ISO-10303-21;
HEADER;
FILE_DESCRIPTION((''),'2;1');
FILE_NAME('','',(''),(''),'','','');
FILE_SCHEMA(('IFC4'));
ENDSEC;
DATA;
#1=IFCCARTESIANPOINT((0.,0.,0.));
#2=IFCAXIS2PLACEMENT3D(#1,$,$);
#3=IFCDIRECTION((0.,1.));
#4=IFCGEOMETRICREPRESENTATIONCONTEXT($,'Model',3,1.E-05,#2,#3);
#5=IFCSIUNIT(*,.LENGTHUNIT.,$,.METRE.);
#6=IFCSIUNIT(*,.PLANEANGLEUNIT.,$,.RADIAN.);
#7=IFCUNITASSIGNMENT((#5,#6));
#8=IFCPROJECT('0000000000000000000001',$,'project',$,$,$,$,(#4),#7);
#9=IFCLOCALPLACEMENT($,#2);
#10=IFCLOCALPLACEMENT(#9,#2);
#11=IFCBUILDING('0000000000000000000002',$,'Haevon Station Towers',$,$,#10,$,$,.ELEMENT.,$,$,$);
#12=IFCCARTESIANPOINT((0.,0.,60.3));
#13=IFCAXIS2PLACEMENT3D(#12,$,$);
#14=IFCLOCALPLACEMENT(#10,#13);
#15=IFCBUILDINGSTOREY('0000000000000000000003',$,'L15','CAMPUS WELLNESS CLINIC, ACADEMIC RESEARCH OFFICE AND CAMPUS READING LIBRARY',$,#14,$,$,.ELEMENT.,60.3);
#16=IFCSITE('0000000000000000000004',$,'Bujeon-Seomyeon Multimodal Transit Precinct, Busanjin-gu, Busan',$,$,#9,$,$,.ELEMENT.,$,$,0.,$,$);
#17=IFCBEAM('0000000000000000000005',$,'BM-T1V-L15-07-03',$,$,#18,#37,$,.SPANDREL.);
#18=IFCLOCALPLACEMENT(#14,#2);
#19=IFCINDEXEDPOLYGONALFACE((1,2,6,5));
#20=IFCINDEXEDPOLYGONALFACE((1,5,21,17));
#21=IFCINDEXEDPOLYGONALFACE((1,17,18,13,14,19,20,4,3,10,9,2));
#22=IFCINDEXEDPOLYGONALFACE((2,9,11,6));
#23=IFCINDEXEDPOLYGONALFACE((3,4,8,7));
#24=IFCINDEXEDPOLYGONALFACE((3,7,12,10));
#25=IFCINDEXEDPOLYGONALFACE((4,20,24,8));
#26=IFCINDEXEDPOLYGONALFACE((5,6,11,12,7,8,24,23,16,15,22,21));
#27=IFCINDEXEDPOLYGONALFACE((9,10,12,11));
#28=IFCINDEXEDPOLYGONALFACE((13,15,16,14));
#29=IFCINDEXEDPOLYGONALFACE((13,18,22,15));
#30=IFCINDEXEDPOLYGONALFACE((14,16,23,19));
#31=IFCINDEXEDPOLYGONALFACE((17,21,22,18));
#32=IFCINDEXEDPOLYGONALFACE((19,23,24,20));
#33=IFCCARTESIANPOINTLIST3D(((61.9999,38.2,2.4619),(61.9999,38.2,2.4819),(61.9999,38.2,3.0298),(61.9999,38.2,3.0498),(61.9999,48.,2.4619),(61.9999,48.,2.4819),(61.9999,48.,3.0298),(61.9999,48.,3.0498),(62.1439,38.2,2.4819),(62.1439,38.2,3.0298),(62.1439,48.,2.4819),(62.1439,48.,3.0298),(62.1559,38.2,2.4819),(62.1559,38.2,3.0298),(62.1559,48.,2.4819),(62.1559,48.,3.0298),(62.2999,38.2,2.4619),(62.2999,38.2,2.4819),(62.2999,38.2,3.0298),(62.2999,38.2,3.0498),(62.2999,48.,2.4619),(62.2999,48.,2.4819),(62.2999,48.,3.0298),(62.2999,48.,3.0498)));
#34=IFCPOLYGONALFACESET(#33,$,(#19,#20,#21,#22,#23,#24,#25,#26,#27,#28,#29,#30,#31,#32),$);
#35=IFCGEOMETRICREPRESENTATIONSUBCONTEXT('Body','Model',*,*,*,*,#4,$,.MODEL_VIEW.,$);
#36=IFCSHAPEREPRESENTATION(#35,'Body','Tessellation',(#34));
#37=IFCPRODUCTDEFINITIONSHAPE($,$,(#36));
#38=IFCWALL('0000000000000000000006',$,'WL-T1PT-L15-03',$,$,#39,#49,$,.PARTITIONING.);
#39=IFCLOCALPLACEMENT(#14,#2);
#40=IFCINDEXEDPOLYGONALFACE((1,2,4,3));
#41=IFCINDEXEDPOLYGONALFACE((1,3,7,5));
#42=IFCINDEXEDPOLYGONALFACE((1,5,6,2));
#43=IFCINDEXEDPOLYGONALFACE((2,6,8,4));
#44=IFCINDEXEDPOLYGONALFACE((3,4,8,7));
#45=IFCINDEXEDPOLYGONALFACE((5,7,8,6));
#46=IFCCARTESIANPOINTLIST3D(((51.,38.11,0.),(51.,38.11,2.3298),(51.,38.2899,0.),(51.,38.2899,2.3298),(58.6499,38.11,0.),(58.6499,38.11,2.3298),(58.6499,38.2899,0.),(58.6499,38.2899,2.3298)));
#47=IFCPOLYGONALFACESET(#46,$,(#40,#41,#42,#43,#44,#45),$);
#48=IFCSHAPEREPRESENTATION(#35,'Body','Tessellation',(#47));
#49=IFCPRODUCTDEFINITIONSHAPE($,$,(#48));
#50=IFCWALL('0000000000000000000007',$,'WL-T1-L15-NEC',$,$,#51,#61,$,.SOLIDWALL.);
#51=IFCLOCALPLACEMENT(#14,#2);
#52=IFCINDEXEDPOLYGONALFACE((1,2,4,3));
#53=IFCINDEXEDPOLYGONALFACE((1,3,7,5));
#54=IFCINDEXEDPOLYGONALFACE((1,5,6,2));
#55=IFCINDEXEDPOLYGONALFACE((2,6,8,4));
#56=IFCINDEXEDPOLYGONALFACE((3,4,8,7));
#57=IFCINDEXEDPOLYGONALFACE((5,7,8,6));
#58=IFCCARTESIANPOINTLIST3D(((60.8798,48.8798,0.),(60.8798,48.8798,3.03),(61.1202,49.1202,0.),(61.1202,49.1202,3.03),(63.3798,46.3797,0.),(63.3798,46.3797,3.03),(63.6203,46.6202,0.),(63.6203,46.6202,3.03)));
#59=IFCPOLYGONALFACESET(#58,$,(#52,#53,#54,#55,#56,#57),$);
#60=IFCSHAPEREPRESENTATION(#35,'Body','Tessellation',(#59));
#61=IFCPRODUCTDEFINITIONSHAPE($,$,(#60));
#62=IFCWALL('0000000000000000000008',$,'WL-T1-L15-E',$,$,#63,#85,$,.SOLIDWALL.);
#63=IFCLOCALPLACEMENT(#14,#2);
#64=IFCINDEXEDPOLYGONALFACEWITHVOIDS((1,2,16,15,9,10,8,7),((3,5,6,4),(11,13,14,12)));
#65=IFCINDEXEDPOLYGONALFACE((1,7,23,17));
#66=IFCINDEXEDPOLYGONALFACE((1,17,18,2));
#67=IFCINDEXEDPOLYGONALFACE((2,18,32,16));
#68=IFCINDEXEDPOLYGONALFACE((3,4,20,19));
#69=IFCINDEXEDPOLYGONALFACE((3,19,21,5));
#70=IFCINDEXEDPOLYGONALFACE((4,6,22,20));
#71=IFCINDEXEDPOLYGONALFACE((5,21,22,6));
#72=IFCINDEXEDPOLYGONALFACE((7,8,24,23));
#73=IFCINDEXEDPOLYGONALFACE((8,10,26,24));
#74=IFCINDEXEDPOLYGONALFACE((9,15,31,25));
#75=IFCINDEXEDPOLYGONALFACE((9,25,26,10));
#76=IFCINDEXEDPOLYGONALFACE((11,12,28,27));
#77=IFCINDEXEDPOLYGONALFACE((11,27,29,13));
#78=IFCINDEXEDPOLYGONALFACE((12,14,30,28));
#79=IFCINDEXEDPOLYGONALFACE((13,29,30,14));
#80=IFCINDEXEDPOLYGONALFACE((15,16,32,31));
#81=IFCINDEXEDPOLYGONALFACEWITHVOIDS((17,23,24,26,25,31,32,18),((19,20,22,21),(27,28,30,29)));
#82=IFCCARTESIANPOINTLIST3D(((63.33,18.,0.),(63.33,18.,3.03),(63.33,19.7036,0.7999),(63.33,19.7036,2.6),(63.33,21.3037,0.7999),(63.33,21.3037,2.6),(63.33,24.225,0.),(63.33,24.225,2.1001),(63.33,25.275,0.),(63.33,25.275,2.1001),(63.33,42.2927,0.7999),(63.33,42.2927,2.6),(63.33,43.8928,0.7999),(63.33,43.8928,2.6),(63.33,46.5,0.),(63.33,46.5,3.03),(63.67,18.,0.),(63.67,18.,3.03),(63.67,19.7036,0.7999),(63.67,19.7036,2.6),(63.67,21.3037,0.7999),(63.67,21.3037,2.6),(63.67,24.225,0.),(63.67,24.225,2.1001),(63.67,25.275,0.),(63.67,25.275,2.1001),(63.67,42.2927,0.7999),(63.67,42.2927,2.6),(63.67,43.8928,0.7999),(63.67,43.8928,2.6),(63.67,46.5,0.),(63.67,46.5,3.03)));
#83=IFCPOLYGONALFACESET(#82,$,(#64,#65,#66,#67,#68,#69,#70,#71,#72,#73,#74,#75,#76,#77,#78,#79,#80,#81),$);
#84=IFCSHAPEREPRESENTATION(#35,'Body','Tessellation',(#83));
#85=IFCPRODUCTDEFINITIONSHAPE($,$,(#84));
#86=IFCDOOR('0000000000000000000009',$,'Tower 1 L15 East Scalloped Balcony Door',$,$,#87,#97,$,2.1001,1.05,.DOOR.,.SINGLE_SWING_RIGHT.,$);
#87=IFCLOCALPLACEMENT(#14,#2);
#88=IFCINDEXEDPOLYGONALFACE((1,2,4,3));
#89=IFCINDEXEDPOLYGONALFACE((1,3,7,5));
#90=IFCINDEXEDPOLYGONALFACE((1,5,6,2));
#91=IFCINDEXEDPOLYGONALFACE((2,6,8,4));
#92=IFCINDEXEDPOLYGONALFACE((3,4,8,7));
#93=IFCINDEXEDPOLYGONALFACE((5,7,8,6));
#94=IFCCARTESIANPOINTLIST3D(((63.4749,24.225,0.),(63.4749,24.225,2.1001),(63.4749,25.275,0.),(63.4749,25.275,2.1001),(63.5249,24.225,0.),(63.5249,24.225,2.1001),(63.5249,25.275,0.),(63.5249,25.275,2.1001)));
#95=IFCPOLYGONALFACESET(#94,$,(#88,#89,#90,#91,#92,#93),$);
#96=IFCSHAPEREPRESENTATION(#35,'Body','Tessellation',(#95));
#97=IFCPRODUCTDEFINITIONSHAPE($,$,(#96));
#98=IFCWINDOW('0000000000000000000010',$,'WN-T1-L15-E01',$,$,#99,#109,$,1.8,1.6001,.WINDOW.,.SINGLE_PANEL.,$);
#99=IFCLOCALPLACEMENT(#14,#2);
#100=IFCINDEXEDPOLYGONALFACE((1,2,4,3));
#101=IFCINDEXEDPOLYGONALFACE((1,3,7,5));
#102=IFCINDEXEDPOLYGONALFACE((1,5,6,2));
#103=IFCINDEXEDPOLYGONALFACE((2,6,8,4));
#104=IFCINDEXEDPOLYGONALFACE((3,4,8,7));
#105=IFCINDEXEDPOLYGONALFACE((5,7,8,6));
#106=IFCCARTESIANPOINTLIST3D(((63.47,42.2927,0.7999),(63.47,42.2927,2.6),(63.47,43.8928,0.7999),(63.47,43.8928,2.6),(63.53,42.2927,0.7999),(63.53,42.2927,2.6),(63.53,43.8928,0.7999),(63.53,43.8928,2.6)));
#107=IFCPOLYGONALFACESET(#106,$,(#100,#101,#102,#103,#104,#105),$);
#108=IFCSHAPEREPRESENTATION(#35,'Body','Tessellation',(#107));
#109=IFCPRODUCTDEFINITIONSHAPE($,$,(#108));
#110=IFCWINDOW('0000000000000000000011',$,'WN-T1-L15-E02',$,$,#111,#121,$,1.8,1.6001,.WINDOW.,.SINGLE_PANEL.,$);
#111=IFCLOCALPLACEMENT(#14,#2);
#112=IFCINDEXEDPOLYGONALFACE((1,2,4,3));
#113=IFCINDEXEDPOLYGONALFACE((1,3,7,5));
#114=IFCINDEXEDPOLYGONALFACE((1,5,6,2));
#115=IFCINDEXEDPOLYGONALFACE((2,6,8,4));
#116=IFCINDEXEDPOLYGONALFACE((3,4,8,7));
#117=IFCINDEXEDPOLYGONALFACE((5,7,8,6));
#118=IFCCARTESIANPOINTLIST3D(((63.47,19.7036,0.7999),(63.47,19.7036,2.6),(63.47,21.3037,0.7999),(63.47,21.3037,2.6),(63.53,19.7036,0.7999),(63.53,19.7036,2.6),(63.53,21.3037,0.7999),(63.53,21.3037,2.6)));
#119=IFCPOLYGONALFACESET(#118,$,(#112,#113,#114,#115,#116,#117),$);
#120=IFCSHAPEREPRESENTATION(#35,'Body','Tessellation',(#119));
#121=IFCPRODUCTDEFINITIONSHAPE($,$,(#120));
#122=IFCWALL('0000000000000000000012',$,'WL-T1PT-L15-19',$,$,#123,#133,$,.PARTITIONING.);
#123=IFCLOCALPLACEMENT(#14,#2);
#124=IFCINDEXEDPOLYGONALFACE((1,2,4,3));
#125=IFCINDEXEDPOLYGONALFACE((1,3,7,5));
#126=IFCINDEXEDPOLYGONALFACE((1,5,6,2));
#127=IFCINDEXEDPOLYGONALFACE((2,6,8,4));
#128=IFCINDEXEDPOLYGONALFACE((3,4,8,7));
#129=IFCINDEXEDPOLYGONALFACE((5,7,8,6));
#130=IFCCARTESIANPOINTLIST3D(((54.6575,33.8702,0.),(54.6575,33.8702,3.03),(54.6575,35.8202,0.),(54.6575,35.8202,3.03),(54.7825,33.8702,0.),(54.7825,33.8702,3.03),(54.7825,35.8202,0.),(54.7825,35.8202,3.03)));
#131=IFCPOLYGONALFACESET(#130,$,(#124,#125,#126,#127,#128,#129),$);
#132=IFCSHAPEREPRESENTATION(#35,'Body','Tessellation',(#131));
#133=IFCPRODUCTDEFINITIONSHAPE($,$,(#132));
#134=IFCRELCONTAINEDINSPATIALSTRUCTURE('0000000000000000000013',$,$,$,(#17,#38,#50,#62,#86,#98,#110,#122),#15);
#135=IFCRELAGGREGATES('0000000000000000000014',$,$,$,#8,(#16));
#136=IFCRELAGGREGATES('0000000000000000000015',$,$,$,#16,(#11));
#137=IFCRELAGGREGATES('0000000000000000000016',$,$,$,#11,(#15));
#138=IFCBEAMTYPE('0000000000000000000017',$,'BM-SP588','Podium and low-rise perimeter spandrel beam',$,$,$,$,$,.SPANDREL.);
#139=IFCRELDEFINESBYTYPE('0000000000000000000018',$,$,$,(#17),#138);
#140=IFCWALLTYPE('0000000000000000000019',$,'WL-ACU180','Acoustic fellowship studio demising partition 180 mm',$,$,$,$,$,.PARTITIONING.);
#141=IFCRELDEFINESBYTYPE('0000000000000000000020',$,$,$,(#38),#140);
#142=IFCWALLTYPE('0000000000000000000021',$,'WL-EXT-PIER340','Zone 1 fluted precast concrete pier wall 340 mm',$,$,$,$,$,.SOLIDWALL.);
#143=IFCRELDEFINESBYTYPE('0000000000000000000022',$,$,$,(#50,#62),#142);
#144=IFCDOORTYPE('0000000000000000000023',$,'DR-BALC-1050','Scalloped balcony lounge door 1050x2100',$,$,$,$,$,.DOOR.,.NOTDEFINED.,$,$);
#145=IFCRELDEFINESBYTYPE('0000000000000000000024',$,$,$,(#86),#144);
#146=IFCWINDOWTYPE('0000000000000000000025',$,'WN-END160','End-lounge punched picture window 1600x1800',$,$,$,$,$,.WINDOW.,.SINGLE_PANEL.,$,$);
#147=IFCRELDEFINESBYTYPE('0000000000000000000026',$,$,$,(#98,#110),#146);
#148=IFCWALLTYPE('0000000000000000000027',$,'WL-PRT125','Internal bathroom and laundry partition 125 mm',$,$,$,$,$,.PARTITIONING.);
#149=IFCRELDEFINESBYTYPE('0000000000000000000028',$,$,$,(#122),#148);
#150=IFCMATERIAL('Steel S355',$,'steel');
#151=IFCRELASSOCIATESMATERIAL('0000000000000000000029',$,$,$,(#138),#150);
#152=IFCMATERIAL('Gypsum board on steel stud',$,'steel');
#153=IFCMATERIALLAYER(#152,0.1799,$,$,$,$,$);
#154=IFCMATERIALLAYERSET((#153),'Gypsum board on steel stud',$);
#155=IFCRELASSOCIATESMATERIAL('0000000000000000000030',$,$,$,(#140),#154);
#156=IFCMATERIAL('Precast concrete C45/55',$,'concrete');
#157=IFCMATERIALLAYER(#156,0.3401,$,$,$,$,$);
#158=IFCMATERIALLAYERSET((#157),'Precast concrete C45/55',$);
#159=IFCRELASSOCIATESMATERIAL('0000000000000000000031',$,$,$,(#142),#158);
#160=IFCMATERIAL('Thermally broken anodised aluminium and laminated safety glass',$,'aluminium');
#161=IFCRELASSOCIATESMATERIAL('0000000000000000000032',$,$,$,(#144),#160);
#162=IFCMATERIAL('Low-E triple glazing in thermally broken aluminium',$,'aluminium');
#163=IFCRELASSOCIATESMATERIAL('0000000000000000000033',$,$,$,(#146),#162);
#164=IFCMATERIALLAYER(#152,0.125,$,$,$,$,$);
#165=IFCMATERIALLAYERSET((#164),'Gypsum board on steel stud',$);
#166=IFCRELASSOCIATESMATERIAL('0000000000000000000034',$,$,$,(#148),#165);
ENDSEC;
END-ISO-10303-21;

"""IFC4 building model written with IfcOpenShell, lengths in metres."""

from ifc_helpers import new_model, si_unit, direction, frame, frame_2d, origin, origin_2d, place, context, subcontext, project, spatial, rectangle, i_section, extrude, material, layer, layer_set, material_profile, profile_set, type_object, element, fill, save


model = new_model("IFC4")

# Units and contexts
model_context = context("Model", 3, precision=1e-05, world=origin(), true_north=direction((0.0, 1.0)))
body_context = subcontext(model_context, "Body", "Model", "MODEL_VIEW")
ifc_project = project(units=[si_unit("LENGTHUNIT", "METRE"), si_unit("PLANEANGLEUNIT", "RADIAN")], contexts=[model_context])

# Site, building, storey
site_placement = place(None, origin())
site = spatial("IfcSite", under=ifc_project, at=site_placement, Name="Bujeon-Seomyeon Multimodal Transit Precinct, Busanjin-gu, Busan", CompositionType="ELEMENT", RefElevation=0.0)
building_placement = place(site_placement, origin())
building = spatial("IfcBuilding", under=site, at=building_placement, Name="Haevon Station Towers", CompositionType="ELEMENT")
storey_placement = place(building_placement, frame((0.0, 0.0, 60.3)))
storey = spatial("IfcBuildingStorey", under=building, at=storey_placement, Name="L15", Description="CAMPUS WELLNESS CLINIC, ACADEMIC RESEARCH OFFICE AND CAMPUS READING LIBRARY", CompositionType="ELEMENT", Elevation=60.3)

# Beam
ifc_material_1 = material(Name="Steel S355", Category="steel")
ifc_material_profile_1 = material_profile(ifc_material_1, i_section(OverallWidth=0.3, OverallDepth=0.5879, WebThickness=0.012, FlangeThickness=0.02, at=origin_2d()), Name="H-588x300x12x20")
ifc_profile_set_1 = profile_set([ifc_material_profile_1], Name="Steel S355")
beam_type_1 = type_object("IfcBeamType", Name="BM-SP588", Description="Podium and low-rise perimeter spandrel beam", PredefinedType="SPANDREL", material=ifc_profile_set_1)
beam_1_placement = place(storey_placement, frame((62.1499, 38.2, 2.7559), z_axis=(0.0, 1.0, 0.0), x_axis=(-1.0, 0.0, 0.0)))
element("IfcBeam", 1, at=beam_1_placement, inside=storey, type_object=beam_type_1, Name="BM-T1V-L15-07-03", PredefinedType="SPANDREL", context=body_context, shape_type="SweptSolid", body=[
    extrude(i_section(OverallWidth=0.3, OverallDepth=0.5879, WebThickness=0.012, FlangeThickness=0.02, at=origin_2d()), origin(), (0.0, 0.0, 1.0), 9.8),
])

# Walls
ifc_material_2 = material(Name="Gypsum board on steel stud", Category="steel")
ifc_layer_1 = layer(ifc_material_2, 0.1799)
ifc_layer_set_1 = layer_set([ifc_layer_1], Name="Gypsum board on steel stud")
wall_type_1 = type_object("IfcWallType", Name="WL-ACU180", Description="Acoustic fellowship studio demising partition 180 mm", PredefinedType="PARTITIONING", material=ifc_layer_set_1)
wall_1_placement = place(storey_placement, frame((51.0, 38.2, 0.0), z_axis=(0.0, 0.0, 1.0), x_axis=(1.0, 0.0, 0.0)))
element("IfcWall", 2, at=wall_1_placement, inside=storey, type_object=wall_type_1, Name="WL-T1PT-L15-03", PredefinedType="PARTITIONING", context=body_context, shape_type="SweptSolid", body=[
    extrude(rectangle(XDim=7.6499, YDim=0.1799, at=frame_2d((3.825, 0.0))), origin(), (0.0, 0.0, 1.0), 2.3298),
])
ifc_material_3 = material(Name="Precast concrete C45/55", Category="concrete")
ifc_layer_2 = layer(ifc_material_3, 0.3401)
ifc_layer_set_2 = layer_set([ifc_layer_2], Name="Precast concrete C45/55")
wall_type_2 = type_object("IfcWallType", Name="WL-EXT-PIER340", Description="Zone 1 fluted precast concrete pier wall 340 mm", PredefinedType="SOLIDWALL", material=ifc_layer_set_2)
wall_2_placement = place(storey_placement, frame((61.0, 49.0, 0.0), z_axis=(0.0, 0.0, 1.0), x_axis=(0.707107, -0.707107, 0.0)))
element("IfcWall", 3, at=wall_2_placement, inside=storey, type_object=wall_type_2, Name="WL-T1-L15-NEC", PredefinedType="SOLIDWALL", context=body_context, shape_type="SweptSolid", body=[
    extrude(rectangle(XDim=3.5356, YDim=0.3401, at=frame_2d((1.7678, 0.0))), origin(), (0.0, 0.0, 1.0), 3.03),
])

# Wall, openings, door, windows
wall_3_placement = place(storey_placement, frame((63.5, 46.5, 0.0), z_axis=(0.0, 0.0, 1.0), x_axis=(0.0, -1.0, 0.0)))
wall_3 = element("IfcWall", 4, at=wall_3_placement, inside=storey, type_object=wall_type_2, Name="WL-T1-L15-E", PredefinedType="SOLIDWALL", context=body_context, shape_type="SweptSolid", body=[
    extrude(rectangle(XDim=28.5, YDim=0.3401, at=frame_2d((14.25, 0.0))), origin(), (0.0, 0.0, 1.0), 3.03),
])
opening_1_placement = place(wall_3_placement, frame((21.2251, 0.0, 0.0)))
opening_1 = element("IfcOpeningElement", 5, at=opening_1_placement, cuts=wall_3, PredefinedType="OPENING", context=body_context, shape_type="SweptSolid", body=[
    extrude(rectangle(XDim=1.05, YDim=2.1001, at=frame_2d((0.5249, 1.05))), frame((0.0, 0.1799, 0.0), z_axis=(0.0, -1.0, 0.0), x_axis=(1.0, 0.0, 0.0)), (0.0, 0.0, 1.0), 0.3601),
])
opening_2_placement = place(wall_3_placement, frame((2.6072, 0.0, 0.8)))
opening_2 = element("IfcOpeningElement", 6, at=opening_2_placement, cuts=wall_3, PredefinedType="OPENING", context=body_context, shape_type="SweptSolid", body=[
    extrude(rectangle(XDim=1.6001, YDim=1.8, at=frame_2d((0.8, 0.8999))), frame((0.0, 0.1799, 0.0), z_axis=(0.0, -1.0, 0.0), x_axis=(1.0, 0.0, 0.0)), (0.0, 0.0, 1.0), 0.3601),
])
opening_3_placement = place(wall_3_placement, frame((25.1963, 0.0, 0.8)))
opening_3 = element("IfcOpeningElement", 7, at=opening_3_placement, cuts=wall_3, PredefinedType="OPENING", context=body_context, shape_type="SweptSolid", body=[
    extrude(rectangle(XDim=1.6001, YDim=1.8, at=frame_2d((0.8, 0.8999))), frame((0.0, 0.1799, 0.0), z_axis=(0.0, -1.0, 0.0), x_axis=(1.0, 0.0, 0.0)), (0.0, 0.0, 1.0), 0.3601),
])
ifc_material_4 = material(Name="Thermally broken anodised aluminium and laminated safety glass", Category="aluminium")
door_type = type_object("IfcDoorType", Name="DR-BALC-1050", Description="Scalloped balcony lounge door 1050x2100", OperationType="NOTDEFINED", PredefinedType="DOOR", material=ifc_material_4)
door_placement = place(opening_1_placement, origin())
door = element("IfcDoor", 8, at=door_placement, inside=storey, type_object=door_type, Name="Tower 1 L15 East Scalloped Balcony Door", OperationType="SINGLE_SWING_RIGHT", OverallHeight=2.1001, OverallWidth=1.05, PredefinedType="DOOR", context=body_context, shape_type="SweptSolid", body=[
    extrude(rectangle(XDim=1.05, YDim=2.1001, at=frame_2d((0.5249, 1.05))), frame((0.0, 0.0249, 0.0), z_axis=(0.0, -1.0, 0.0), x_axis=(1.0, 0.0, 0.0)), (0.0, 0.0, 1.0), 0.05),
])
fill(opening_1, door)
ifc_material_5 = material(Name="Low-E triple glazing in thermally broken aluminium", Category="aluminium")
window_type = type_object("IfcWindowType", Name="WN-END160", Description="End-lounge punched picture window 1600x1800", PartitioningType="SINGLE_PANEL", PredefinedType="WINDOW", material=ifc_material_5)
window_1_placement = place(opening_2_placement, origin())
window_1 = element("IfcWindow", 9, at=window_1_placement, inside=storey, type_object=window_type, Name="WN-T1-L15-E01", OverallHeight=1.8, OverallWidth=1.6001, PartitioningType="SINGLE_PANEL", PredefinedType="WINDOW", context=body_context, shape_type="SweptSolid", body=[
    extrude(rectangle(XDim=1.6001, YDim=1.8, at=frame_2d((0.8, 0.8999))), frame((0.0, 0.03, 0.0), z_axis=(0.0, -1.0, 0.0), x_axis=(1.0, 0.0, 0.0)), (0.0, 0.0, 1.0), 0.0601),
])
fill(opening_2, window_1)
window_2_placement = place(opening_3_placement, origin())
window_2 = element("IfcWindow", 10, at=window_2_placement, inside=storey, type_object=window_type, Name="WN-T1-L15-E02", OverallHeight=1.8, OverallWidth=1.6001, PartitioningType="SINGLE_PANEL", PredefinedType="WINDOW", context=body_context, shape_type="SweptSolid", body=[
    extrude(rectangle(XDim=1.6001, YDim=1.8, at=frame_2d((0.8, 0.8999))), frame((0.0, 0.03, 0.0), z_axis=(0.0, -1.0, 0.0), x_axis=(1.0, 0.0, 0.0)), (0.0, 0.0, 1.0), 0.0601),
])
fill(opening_3, window_2)

# Wall
ifc_layer_3 = layer(ifc_material_2, 0.125)
ifc_layer_set_3 = layer_set([ifc_layer_3], Name="Gypsum board on steel stud")
wall_type_3 = type_object("IfcWallType", Name="WL-PRT125", Description="Internal bathroom and laundry partition 125 mm", PredefinedType="PARTITIONING", material=ifc_layer_set_3)
wall_4_placement = place(storey_placement, frame((54.72, 33.8701, 0.0), z_axis=(0.0, 0.0, 1.0), x_axis=(0.0, 1.0, 0.0)))
element("IfcWall", 11, at=wall_4_placement, inside=storey, type_object=wall_type_3, Name="WL-T1PT-L15-19", PredefinedType="PARTITIONING", context=body_context, shape_type="SweptSolid", body=[
    extrude(rectangle(XDim=1.95, YDim=0.125, at=frame_2d((0.9751, 0.0))), origin(), (0.0, 0.0, 1.0), 3.03),
])

save(model, "model.ifc")
